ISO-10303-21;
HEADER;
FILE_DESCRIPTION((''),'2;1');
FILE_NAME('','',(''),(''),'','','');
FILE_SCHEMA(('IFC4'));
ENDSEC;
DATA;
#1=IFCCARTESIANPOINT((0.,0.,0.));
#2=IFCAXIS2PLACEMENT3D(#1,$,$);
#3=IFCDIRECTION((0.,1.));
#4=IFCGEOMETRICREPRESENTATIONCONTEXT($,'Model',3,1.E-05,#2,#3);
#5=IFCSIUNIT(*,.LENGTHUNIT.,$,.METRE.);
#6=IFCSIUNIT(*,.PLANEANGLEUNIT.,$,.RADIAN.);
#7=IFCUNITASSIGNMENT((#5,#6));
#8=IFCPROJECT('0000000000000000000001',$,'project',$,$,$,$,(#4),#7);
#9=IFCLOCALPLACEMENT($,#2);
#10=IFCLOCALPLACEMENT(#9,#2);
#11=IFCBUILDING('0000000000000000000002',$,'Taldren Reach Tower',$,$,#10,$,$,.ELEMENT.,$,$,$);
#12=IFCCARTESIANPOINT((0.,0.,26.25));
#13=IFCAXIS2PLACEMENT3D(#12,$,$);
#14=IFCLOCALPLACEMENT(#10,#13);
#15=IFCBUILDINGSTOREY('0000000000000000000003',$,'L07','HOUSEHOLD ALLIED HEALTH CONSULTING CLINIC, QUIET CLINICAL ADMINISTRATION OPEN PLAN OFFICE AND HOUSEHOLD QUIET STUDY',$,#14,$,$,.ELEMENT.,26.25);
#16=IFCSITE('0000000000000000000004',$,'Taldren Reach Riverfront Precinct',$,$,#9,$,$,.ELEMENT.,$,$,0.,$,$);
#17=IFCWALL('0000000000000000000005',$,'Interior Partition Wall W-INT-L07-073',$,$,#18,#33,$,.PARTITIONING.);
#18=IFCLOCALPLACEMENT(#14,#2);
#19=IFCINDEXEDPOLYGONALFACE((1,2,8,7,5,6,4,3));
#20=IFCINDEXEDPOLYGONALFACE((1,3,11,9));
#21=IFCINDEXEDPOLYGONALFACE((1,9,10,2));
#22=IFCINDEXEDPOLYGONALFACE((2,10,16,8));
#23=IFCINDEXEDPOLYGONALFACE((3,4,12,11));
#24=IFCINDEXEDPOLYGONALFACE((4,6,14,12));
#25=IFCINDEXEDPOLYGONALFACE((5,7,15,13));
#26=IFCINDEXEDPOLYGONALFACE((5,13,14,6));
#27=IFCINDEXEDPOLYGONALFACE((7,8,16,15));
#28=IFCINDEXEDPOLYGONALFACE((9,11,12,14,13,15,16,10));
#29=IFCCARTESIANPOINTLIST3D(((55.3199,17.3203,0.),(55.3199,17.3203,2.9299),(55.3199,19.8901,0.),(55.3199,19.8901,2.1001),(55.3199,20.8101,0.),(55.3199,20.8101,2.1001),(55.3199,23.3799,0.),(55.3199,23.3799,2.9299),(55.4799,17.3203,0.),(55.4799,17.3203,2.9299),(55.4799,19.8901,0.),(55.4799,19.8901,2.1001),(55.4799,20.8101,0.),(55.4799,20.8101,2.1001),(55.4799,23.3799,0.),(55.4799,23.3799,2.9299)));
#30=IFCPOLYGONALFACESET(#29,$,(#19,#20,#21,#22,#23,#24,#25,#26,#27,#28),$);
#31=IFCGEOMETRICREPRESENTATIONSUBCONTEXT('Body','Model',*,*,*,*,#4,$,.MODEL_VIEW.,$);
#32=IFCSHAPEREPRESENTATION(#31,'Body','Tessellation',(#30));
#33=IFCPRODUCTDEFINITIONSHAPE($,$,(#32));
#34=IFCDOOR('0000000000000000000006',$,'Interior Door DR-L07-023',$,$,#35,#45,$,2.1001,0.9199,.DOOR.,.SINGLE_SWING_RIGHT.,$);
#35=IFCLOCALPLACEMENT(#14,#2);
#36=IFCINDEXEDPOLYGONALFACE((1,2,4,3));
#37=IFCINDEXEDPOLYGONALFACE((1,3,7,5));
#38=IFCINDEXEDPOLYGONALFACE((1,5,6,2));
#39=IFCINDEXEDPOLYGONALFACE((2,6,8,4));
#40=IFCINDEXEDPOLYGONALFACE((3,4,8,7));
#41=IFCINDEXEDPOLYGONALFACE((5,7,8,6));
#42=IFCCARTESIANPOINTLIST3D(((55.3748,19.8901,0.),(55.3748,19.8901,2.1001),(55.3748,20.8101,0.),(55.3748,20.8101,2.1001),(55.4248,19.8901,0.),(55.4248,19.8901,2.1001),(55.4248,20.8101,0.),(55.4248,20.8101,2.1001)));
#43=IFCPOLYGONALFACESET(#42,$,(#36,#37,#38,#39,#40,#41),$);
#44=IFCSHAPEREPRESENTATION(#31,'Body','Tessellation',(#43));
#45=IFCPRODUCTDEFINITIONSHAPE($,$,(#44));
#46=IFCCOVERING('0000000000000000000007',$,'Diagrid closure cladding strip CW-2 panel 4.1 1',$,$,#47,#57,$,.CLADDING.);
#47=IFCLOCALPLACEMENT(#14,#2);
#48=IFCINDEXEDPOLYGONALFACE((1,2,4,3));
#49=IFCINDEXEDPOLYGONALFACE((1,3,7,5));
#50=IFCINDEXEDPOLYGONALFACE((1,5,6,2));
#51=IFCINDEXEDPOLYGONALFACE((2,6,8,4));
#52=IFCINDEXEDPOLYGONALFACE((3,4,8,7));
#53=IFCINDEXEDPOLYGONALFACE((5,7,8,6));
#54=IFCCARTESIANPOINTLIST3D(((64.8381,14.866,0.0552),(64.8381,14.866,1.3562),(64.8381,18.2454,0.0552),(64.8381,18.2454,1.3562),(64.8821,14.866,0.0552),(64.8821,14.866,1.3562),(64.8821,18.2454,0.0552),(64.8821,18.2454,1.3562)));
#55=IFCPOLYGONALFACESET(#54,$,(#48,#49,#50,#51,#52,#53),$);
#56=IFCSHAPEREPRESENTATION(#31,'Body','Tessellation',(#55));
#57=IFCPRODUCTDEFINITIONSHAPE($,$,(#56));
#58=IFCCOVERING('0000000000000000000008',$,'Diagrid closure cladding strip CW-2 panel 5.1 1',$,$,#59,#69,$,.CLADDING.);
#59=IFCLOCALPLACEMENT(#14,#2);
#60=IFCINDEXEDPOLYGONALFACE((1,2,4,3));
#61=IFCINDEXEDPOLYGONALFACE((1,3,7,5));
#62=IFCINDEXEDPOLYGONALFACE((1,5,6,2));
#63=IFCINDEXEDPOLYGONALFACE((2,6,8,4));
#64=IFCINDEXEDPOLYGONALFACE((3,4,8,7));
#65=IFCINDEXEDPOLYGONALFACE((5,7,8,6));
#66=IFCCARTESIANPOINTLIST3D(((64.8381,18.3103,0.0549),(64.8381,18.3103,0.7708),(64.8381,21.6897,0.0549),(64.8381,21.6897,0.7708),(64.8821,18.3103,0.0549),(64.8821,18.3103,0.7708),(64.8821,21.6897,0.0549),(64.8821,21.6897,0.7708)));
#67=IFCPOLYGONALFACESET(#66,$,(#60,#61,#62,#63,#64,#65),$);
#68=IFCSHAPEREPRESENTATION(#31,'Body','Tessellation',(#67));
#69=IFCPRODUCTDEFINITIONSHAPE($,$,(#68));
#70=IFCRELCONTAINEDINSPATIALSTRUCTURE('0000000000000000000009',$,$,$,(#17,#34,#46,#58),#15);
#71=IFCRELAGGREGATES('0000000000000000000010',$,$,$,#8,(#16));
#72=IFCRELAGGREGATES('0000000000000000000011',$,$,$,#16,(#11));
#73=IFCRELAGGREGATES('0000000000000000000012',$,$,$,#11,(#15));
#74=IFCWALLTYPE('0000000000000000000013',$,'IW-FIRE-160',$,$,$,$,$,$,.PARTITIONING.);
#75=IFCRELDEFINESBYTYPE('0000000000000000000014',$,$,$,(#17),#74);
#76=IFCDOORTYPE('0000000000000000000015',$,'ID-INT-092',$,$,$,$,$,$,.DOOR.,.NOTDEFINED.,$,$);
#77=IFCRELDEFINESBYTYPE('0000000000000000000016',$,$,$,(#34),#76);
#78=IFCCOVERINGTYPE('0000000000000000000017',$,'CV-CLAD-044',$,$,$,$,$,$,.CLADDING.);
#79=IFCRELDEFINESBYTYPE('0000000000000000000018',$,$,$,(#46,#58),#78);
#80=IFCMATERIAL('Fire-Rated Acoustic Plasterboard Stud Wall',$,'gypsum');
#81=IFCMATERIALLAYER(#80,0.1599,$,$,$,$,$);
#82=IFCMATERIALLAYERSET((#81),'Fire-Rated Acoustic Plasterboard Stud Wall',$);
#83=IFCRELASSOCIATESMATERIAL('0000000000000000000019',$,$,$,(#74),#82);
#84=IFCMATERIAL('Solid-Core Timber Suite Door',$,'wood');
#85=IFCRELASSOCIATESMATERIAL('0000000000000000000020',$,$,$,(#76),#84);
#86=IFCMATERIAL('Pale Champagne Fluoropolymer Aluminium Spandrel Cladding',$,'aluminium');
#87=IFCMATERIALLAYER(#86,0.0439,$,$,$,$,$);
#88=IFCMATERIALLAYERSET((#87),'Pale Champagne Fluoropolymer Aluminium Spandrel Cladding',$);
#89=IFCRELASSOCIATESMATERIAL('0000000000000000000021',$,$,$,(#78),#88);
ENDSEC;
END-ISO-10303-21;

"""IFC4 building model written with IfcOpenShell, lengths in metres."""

from ifc_helpers import new_model, si_unit, direction, frame, frame_2d, origin, origin_2d, place, context, subcontext, project, spatial, rectangle, extrude, source, transform, mapped, material, layer, layer_set, type_object, element, fill, save


model = new_model("IFC4")

# Units and contexts
model_context = context("Model", 3, precision=1e-05, world=origin(), true_north=direction((0.0, 1.0)))
body_context = subcontext(model_context, "Body", "Model", "MODEL_VIEW")
ifc_project = project(units=[si_unit("LENGTHUNIT", "METRE"), si_unit("PLANEANGLEUNIT", "RADIAN")], contexts=[model_context])

# Site, building, storey
site_placement = place(None, origin())
site = spatial("IfcSite", under=ifc_project, at=site_placement, Name="Taldren Reach Riverfront Precinct", CompositionType="ELEMENT", RefElevation=0.0)
building_placement = place(site_placement, origin())
building = spatial("IfcBuilding", under=site, at=building_placement, Name="Taldren Reach Tower", CompositionType="ELEMENT")
storey_placement = place(building_placement, frame((0.0, 0.0, 26.25)))
storey = spatial("IfcBuildingStorey", under=building, at=storey_placement, Name="L07", Description="HOUSEHOLD ALLIED HEALTH CONSULTING CLINIC, QUIET CLINICAL ADMINISTRATION OPEN PLAN OFFICE AND HOUSEHOLD QUIET STUDY", CompositionType="ELEMENT", Elevation=26.25)

# Wall, opening, door
ifc_material_1 = material(Name="Fire-Rated Acoustic Plasterboard Stud Wall", Category="gypsum")
ifc_layer_1 = layer(ifc_material_1, 0.1599)
ifc_layer_set_1 = layer_set([ifc_layer_1], Name="Fire-Rated Acoustic Plasterboard Stud Wall")
wall_type_1 = type_object("IfcWallType", Name="IW-FIRE-160", PredefinedType="PARTITIONING", material=ifc_layer_set_1)
shared_shape_1 = source(origin(), body_context, "Body", "SweptSolid", [
    extrude(rectangle(XDim=0.9199, YDim=2.1001, at=frame_2d((0.46, 1.05))), frame((0.0, 0.0898, 0.0), z_axis=(0.0, -1.0, 0.0), x_axis=(1.0, 0.0, 0.0)), (0.0, 0.0, 1.0), 0.1799),
])
ifc_material_2 = material(Name="Solid-Core Timber Suite Door", Category="wood")
door_type = type_object("IfcDoorType", Name="ID-INT-092", OperationType="NOTDEFINED", PredefinedType="DOOR", material=ifc_material_2)
shared_shape_2 = source(origin(), body_context, "Body", "SweptSolid", [
    extrude(rectangle(XDim=0.9199, YDim=2.1001, at=frame_2d((0.46, 1.05))), frame((0.0, 0.0249, 0.0), z_axis=(0.0, -1.0, 0.0), x_axis=(1.0, 0.0, 0.0)), (0.0, 0.0, 1.0), 0.05),
])
shared_shape_3 = source(origin(), body_context, "Body", "SweptSolid", [
    extrude(rectangle(XDim=6.0596, YDim=0.1599, at=frame_2d((3.0298, 0.0))), origin(), (0.0, 0.0, 1.0), 2.9299),
])
wall_1_placement = place(storey_placement, frame((55.3999, 23.3799, 0.0), z_axis=(0.0, 0.0, 1.0), x_axis=(0.0, -1.0, 0.0)))
wall_1 = element("IfcWall", 1, at=wall_1_placement, inside=storey, type_object=wall_type_1, Name="Interior Partition Wall W-INT-L07-073", PredefinedType="PARTITIONING", context=body_context, shape_type="MappedRepresentation", body=[
    mapped(shared_shape_3, transform((0.0, 0.0, 0.0), scale=1.0)),
])
opening_1_placement = place(wall_1_placement, frame((2.5698, 0.0, 0.0)))
opening_1 = element("IfcOpeningElement", 2, at=opening_1_placement, cuts=wall_1, PredefinedType="OPENING", context=body_context, shape_type="MappedRepresentation", body=[
    mapped(shared_shape_1, transform((0.0, 0.0, 0.0), scale=1.0)),
])
door_1_placement = place(opening_1_placement, origin())
door_1 = element("IfcDoor", 3, at=door_1_placement, inside=storey, type_object=door_type, Name="Interior Door DR-L07-023", OperationType="SINGLE_SWING_RIGHT", OverallHeight=2.1001, OverallWidth=0.9199, PredefinedType="DOOR", context=body_context, shape_type="MappedRepresentation", body=[
    mapped(shared_shape_2, transform((0.0, 0.0, 0.0), scale=1.0)),
])
fill(opening_1, door_1)

# Coverings
ifc_material_3 = material(Name="Pale Champagne Fluoropolymer Aluminium Spandrel Cladding", Category="aluminium")
ifc_layer_2 = layer(ifc_material_3, 0.0439)
ifc_layer_set_2 = layer_set([ifc_layer_2], Name="Pale Champagne Fluoropolymer Aluminium Spandrel Cladding")
covering_type = type_object("IfcCoveringType", Name="CV-CLAD-044", PredefinedType="CLADDING", material=ifc_layer_set_2)
shared_shape_4 = source(origin(), body_context, "Body", "SweptSolid", [
    extrude(rectangle(XDim=3.3794, YDim=0.0439, at=origin_2d()), origin(), (0.0, 0.0, 1.0), 1.301),
])
covering_1_placement = place(storey_placement, frame((64.8601, 16.5557, 0.0552), z_axis=(0.0, 0.0, 1.0), x_axis=(0.0, 1.0, 0.0)))
element("IfcCovering", 4, at=covering_1_placement, inside=storey, type_object=covering_type, Name="Diagrid closure cladding strip CW-2 panel 4.1 1", PredefinedType="CLADDING", context=body_context, shape_type="MappedRepresentation", body=[
    mapped(shared_shape_4, transform((0.0, 0.0, 0.0), scale=1.0)),
])
shared_shape_5 = source(origin(), body_context, "Body", "SweptSolid", [
    extrude(rectangle(XDim=3.3794, YDim=0.0439, at=origin_2d()), origin(), (0.0, 0.0, 1.0), 0.7158),
])
covering_2_placement = place(storey_placement, frame((64.8601, 20.0, 0.0549), z_axis=(0.0, 0.0, 1.0), x_axis=(0.0, 1.0, 0.0)))
element("IfcCovering", 5, at=covering_2_placement, inside=storey, type_object=covering_type, Name="Diagrid closure cladding strip CW-2 panel 5.1 1", PredefinedType="CLADDING", context=body_context, shape_type="MappedRepresentation", body=[
    mapped(shared_shape_5, transform((0.0, 0.0, 0.0), scale=1.0)),
])

save(model, "model.ifc")
